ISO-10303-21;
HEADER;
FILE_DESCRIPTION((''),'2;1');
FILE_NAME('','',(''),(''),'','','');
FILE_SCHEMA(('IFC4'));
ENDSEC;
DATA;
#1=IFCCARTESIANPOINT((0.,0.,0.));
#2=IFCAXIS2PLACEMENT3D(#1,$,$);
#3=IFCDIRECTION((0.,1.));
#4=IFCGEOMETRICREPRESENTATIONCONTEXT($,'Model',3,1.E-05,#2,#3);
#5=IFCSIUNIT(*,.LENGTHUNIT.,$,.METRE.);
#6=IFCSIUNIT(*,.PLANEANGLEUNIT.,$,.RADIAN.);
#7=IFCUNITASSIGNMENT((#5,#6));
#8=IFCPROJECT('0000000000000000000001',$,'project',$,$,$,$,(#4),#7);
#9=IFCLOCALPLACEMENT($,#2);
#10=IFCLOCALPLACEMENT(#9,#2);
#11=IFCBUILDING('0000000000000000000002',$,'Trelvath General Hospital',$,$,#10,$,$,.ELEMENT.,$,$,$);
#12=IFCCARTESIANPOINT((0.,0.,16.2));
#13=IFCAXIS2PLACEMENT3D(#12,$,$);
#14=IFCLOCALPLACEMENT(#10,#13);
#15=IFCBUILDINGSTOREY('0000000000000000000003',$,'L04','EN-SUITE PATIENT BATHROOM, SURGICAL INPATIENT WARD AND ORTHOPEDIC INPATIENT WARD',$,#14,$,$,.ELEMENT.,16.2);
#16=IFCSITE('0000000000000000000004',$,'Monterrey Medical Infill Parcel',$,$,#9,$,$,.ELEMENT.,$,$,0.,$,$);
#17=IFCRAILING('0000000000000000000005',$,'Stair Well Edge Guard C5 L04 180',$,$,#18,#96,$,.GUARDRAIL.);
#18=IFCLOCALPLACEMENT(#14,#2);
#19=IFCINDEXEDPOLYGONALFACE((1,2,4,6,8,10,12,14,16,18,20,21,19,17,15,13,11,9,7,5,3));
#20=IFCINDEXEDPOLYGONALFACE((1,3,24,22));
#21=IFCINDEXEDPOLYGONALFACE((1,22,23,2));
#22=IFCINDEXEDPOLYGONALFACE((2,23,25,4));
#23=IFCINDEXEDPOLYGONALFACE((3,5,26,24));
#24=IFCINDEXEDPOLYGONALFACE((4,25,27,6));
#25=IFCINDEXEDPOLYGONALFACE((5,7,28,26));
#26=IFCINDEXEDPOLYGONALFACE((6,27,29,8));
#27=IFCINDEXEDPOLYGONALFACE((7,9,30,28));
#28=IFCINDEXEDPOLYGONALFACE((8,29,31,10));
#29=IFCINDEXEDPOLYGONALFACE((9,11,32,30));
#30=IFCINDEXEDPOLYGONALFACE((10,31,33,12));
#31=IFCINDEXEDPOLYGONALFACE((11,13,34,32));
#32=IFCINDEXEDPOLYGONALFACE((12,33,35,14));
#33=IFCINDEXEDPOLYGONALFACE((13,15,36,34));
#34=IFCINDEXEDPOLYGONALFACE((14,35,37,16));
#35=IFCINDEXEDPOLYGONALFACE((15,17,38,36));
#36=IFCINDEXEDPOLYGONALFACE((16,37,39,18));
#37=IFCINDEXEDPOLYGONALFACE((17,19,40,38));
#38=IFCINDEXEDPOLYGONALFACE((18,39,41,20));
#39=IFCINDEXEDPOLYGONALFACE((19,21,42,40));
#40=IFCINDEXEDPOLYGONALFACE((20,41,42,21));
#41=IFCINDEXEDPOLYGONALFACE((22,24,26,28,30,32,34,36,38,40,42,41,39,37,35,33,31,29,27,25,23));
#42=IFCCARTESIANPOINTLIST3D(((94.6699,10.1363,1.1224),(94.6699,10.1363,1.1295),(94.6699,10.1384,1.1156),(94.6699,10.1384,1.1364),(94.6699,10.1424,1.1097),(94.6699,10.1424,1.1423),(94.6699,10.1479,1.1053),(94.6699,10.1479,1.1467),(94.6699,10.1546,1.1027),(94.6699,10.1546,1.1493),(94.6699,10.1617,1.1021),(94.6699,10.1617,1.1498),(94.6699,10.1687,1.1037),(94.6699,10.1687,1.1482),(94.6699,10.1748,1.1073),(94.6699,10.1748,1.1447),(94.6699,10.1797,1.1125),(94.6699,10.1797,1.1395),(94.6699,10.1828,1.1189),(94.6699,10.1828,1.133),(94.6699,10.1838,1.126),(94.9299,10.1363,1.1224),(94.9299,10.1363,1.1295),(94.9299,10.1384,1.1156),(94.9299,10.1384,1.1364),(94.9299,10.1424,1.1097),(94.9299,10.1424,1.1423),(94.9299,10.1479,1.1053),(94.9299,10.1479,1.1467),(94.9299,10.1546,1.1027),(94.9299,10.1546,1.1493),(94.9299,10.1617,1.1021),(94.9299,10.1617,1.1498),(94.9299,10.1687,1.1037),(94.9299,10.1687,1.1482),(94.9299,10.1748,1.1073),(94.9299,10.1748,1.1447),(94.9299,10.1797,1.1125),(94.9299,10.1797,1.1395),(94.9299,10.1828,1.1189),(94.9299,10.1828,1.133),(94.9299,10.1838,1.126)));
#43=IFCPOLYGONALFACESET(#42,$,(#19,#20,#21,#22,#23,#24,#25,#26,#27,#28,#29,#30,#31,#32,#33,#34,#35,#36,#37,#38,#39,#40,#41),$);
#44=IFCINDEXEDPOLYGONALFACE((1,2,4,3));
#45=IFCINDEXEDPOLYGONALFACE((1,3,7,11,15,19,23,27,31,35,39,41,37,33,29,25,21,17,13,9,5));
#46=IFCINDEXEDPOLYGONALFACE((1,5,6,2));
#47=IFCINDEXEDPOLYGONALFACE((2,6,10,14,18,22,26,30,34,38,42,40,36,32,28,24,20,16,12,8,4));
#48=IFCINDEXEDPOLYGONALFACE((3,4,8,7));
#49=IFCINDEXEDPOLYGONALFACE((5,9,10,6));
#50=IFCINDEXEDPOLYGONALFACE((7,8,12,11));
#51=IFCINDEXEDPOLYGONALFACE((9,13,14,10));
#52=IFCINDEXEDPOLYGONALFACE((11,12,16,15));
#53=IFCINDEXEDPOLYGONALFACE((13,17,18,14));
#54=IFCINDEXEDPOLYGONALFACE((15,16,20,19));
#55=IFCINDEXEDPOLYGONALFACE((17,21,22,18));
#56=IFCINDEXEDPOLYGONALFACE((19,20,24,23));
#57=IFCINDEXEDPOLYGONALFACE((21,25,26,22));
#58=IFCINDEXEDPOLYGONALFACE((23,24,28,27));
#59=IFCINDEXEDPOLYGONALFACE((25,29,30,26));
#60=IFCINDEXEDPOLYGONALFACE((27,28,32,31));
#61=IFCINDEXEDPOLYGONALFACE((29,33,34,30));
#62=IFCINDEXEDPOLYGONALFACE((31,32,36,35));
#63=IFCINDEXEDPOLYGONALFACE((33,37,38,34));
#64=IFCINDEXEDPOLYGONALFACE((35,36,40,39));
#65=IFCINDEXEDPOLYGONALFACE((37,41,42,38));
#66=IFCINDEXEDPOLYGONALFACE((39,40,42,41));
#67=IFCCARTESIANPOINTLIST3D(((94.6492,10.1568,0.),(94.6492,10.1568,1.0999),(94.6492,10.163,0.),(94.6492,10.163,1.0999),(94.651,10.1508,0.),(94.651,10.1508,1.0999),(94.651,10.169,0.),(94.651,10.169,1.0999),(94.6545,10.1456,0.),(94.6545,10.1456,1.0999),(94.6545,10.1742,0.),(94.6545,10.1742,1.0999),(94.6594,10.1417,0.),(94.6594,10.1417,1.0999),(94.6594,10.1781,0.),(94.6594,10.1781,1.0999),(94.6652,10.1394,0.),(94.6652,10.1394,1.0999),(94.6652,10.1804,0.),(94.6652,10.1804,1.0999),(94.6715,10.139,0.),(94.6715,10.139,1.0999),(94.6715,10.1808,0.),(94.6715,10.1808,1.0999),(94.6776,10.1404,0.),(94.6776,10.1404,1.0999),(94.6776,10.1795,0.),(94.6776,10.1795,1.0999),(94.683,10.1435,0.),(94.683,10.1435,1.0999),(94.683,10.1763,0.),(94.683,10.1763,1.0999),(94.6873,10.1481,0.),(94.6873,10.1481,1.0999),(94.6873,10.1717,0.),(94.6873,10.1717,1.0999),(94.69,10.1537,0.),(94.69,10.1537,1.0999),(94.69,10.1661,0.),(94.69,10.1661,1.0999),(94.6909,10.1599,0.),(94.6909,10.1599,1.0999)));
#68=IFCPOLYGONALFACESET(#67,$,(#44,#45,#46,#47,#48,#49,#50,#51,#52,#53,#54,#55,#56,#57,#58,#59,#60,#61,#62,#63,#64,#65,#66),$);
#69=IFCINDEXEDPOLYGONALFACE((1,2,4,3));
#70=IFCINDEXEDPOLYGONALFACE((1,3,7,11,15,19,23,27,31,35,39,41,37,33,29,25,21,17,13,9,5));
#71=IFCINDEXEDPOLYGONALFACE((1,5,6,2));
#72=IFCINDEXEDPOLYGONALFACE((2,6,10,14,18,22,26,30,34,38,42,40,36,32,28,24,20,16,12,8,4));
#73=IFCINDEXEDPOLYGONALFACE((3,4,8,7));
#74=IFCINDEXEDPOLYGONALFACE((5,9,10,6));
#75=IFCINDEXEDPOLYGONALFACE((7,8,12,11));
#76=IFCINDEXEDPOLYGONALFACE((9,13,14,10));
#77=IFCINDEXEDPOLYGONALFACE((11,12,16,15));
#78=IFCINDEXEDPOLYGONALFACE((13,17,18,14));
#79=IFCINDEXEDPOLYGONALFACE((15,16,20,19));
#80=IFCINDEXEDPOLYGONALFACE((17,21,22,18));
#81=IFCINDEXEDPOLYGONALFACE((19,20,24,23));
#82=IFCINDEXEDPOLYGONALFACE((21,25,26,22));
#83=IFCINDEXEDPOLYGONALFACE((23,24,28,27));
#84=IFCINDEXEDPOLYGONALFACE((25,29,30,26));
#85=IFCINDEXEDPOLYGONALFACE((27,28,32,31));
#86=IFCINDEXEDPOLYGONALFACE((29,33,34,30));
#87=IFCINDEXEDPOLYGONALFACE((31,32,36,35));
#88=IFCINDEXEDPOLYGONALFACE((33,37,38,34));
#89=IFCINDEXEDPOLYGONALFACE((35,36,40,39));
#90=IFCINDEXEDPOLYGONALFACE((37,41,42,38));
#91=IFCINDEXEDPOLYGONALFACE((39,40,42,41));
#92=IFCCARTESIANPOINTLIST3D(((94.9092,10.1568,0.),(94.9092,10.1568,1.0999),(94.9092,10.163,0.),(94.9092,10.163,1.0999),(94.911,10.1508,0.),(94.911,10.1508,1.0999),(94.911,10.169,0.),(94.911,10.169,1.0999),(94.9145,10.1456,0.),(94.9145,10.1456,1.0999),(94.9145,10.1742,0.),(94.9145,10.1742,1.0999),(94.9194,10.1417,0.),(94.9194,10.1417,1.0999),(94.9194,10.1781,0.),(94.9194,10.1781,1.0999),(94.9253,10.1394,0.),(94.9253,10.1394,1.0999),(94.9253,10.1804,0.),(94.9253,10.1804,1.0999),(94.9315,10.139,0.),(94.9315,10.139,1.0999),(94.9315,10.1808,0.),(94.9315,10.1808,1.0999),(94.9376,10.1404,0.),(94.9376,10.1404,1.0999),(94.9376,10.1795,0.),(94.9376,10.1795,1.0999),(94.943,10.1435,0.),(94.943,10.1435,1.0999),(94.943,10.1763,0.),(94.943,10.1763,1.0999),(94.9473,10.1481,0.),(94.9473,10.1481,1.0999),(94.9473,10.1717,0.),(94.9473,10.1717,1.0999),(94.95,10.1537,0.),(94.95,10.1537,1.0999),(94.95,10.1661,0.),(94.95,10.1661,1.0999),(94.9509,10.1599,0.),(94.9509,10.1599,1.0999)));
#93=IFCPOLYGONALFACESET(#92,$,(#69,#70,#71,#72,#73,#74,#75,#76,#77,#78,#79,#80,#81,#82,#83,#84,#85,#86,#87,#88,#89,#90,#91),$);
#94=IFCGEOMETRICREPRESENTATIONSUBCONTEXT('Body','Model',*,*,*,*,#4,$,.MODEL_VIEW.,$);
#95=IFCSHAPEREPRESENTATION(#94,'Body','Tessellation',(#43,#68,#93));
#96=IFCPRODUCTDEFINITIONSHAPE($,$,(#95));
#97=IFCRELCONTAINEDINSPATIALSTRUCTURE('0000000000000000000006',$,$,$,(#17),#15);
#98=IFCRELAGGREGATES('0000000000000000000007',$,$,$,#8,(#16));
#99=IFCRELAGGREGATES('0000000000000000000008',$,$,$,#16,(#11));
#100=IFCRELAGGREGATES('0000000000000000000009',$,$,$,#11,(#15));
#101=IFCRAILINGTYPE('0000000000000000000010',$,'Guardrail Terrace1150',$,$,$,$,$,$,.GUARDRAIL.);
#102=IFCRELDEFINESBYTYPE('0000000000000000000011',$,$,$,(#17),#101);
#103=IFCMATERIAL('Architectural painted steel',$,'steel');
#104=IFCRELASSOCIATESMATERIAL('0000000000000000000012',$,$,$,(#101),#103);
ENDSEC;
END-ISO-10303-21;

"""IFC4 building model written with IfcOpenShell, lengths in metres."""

from ifc_helpers import new_model, si_unit, direction, frame, origin, origin_2d, place, context, subcontext, project, spatial, circle, extrude, material, type_object, element, save


model = new_model("IFC4")

# Units and contexts
model_context = context("Model", 3, precision=1e-05, world=origin(), true_north=direction((0.0, 1.0)))
body_context = subcontext(model_context, "Body", "Model", "MODEL_VIEW")
ifc_project = project(units=[si_unit("LENGTHUNIT", "METRE"), si_unit("PLANEANGLEUNIT", "RADIAN")], contexts=[model_context])

# Site, building, storey
site_placement = place(None, origin())
site = spatial("IfcSite", under=ifc_project, at=site_placement, Name="Monterrey Medical Infill Parcel", CompositionType="ELEMENT", RefElevation=0.0)
building_placement = place(site_placement, origin())
building = spatial("IfcBuilding", under=site, at=building_placement, Name="Trelvath General Hospital", CompositionType="ELEMENT")
storey_placement = place(building_placement, frame((0.0, 0.0, 16.2)))
storey = spatial("IfcBuildingStorey", under=building, at=storey_placement, Name="L04", Description="EN-SUITE PATIENT BATHROOM, SURGICAL INPATIENT WARD AND ORTHOPEDIC INPATIENT WARD", CompositionType="ELEMENT", Elevation=16.2)

# Railing
ifc_material_1 = material(Name="Architectural painted steel", Category="steel")
railing_type_1 = type_object("IfcRailingType", Name="Guardrail Terrace1150", PredefinedType="GUARDRAIL", material=ifc_material_1)
railing_1_placement = place(storey_placement, frame((94.6699, 10.1599, 0.0)))
element("IfcRailing", 1, at=railing_1_placement, inside=storey, type_object=railing_type_1, Name="Stair Well Edge Guard C5 L04 180", PredefinedType="GUARDRAIL", context=body_context, shape_type="SweptSolid", body=[
    extrude(circle(Radius=0.0239, at=origin_2d()), frame((0.0, 0.0, 1.126), z_axis=(1.0, 0.0, 0.0), x_axis=(0.0, 1.0, 0.0)), (0.0, 0.0, 1.0), 0.26),
    extrude(circle(Radius=0.021, at=origin_2d()), origin(), (0.0, 0.0, 1.0), 1.0999),
    extrude(circle(Radius=0.021, at=origin_2d()), frame((0.26, 0.0, 0.0)), (0.0, 0.0, 1.0), 1.0999),
])

save(model, "model.ifc")
